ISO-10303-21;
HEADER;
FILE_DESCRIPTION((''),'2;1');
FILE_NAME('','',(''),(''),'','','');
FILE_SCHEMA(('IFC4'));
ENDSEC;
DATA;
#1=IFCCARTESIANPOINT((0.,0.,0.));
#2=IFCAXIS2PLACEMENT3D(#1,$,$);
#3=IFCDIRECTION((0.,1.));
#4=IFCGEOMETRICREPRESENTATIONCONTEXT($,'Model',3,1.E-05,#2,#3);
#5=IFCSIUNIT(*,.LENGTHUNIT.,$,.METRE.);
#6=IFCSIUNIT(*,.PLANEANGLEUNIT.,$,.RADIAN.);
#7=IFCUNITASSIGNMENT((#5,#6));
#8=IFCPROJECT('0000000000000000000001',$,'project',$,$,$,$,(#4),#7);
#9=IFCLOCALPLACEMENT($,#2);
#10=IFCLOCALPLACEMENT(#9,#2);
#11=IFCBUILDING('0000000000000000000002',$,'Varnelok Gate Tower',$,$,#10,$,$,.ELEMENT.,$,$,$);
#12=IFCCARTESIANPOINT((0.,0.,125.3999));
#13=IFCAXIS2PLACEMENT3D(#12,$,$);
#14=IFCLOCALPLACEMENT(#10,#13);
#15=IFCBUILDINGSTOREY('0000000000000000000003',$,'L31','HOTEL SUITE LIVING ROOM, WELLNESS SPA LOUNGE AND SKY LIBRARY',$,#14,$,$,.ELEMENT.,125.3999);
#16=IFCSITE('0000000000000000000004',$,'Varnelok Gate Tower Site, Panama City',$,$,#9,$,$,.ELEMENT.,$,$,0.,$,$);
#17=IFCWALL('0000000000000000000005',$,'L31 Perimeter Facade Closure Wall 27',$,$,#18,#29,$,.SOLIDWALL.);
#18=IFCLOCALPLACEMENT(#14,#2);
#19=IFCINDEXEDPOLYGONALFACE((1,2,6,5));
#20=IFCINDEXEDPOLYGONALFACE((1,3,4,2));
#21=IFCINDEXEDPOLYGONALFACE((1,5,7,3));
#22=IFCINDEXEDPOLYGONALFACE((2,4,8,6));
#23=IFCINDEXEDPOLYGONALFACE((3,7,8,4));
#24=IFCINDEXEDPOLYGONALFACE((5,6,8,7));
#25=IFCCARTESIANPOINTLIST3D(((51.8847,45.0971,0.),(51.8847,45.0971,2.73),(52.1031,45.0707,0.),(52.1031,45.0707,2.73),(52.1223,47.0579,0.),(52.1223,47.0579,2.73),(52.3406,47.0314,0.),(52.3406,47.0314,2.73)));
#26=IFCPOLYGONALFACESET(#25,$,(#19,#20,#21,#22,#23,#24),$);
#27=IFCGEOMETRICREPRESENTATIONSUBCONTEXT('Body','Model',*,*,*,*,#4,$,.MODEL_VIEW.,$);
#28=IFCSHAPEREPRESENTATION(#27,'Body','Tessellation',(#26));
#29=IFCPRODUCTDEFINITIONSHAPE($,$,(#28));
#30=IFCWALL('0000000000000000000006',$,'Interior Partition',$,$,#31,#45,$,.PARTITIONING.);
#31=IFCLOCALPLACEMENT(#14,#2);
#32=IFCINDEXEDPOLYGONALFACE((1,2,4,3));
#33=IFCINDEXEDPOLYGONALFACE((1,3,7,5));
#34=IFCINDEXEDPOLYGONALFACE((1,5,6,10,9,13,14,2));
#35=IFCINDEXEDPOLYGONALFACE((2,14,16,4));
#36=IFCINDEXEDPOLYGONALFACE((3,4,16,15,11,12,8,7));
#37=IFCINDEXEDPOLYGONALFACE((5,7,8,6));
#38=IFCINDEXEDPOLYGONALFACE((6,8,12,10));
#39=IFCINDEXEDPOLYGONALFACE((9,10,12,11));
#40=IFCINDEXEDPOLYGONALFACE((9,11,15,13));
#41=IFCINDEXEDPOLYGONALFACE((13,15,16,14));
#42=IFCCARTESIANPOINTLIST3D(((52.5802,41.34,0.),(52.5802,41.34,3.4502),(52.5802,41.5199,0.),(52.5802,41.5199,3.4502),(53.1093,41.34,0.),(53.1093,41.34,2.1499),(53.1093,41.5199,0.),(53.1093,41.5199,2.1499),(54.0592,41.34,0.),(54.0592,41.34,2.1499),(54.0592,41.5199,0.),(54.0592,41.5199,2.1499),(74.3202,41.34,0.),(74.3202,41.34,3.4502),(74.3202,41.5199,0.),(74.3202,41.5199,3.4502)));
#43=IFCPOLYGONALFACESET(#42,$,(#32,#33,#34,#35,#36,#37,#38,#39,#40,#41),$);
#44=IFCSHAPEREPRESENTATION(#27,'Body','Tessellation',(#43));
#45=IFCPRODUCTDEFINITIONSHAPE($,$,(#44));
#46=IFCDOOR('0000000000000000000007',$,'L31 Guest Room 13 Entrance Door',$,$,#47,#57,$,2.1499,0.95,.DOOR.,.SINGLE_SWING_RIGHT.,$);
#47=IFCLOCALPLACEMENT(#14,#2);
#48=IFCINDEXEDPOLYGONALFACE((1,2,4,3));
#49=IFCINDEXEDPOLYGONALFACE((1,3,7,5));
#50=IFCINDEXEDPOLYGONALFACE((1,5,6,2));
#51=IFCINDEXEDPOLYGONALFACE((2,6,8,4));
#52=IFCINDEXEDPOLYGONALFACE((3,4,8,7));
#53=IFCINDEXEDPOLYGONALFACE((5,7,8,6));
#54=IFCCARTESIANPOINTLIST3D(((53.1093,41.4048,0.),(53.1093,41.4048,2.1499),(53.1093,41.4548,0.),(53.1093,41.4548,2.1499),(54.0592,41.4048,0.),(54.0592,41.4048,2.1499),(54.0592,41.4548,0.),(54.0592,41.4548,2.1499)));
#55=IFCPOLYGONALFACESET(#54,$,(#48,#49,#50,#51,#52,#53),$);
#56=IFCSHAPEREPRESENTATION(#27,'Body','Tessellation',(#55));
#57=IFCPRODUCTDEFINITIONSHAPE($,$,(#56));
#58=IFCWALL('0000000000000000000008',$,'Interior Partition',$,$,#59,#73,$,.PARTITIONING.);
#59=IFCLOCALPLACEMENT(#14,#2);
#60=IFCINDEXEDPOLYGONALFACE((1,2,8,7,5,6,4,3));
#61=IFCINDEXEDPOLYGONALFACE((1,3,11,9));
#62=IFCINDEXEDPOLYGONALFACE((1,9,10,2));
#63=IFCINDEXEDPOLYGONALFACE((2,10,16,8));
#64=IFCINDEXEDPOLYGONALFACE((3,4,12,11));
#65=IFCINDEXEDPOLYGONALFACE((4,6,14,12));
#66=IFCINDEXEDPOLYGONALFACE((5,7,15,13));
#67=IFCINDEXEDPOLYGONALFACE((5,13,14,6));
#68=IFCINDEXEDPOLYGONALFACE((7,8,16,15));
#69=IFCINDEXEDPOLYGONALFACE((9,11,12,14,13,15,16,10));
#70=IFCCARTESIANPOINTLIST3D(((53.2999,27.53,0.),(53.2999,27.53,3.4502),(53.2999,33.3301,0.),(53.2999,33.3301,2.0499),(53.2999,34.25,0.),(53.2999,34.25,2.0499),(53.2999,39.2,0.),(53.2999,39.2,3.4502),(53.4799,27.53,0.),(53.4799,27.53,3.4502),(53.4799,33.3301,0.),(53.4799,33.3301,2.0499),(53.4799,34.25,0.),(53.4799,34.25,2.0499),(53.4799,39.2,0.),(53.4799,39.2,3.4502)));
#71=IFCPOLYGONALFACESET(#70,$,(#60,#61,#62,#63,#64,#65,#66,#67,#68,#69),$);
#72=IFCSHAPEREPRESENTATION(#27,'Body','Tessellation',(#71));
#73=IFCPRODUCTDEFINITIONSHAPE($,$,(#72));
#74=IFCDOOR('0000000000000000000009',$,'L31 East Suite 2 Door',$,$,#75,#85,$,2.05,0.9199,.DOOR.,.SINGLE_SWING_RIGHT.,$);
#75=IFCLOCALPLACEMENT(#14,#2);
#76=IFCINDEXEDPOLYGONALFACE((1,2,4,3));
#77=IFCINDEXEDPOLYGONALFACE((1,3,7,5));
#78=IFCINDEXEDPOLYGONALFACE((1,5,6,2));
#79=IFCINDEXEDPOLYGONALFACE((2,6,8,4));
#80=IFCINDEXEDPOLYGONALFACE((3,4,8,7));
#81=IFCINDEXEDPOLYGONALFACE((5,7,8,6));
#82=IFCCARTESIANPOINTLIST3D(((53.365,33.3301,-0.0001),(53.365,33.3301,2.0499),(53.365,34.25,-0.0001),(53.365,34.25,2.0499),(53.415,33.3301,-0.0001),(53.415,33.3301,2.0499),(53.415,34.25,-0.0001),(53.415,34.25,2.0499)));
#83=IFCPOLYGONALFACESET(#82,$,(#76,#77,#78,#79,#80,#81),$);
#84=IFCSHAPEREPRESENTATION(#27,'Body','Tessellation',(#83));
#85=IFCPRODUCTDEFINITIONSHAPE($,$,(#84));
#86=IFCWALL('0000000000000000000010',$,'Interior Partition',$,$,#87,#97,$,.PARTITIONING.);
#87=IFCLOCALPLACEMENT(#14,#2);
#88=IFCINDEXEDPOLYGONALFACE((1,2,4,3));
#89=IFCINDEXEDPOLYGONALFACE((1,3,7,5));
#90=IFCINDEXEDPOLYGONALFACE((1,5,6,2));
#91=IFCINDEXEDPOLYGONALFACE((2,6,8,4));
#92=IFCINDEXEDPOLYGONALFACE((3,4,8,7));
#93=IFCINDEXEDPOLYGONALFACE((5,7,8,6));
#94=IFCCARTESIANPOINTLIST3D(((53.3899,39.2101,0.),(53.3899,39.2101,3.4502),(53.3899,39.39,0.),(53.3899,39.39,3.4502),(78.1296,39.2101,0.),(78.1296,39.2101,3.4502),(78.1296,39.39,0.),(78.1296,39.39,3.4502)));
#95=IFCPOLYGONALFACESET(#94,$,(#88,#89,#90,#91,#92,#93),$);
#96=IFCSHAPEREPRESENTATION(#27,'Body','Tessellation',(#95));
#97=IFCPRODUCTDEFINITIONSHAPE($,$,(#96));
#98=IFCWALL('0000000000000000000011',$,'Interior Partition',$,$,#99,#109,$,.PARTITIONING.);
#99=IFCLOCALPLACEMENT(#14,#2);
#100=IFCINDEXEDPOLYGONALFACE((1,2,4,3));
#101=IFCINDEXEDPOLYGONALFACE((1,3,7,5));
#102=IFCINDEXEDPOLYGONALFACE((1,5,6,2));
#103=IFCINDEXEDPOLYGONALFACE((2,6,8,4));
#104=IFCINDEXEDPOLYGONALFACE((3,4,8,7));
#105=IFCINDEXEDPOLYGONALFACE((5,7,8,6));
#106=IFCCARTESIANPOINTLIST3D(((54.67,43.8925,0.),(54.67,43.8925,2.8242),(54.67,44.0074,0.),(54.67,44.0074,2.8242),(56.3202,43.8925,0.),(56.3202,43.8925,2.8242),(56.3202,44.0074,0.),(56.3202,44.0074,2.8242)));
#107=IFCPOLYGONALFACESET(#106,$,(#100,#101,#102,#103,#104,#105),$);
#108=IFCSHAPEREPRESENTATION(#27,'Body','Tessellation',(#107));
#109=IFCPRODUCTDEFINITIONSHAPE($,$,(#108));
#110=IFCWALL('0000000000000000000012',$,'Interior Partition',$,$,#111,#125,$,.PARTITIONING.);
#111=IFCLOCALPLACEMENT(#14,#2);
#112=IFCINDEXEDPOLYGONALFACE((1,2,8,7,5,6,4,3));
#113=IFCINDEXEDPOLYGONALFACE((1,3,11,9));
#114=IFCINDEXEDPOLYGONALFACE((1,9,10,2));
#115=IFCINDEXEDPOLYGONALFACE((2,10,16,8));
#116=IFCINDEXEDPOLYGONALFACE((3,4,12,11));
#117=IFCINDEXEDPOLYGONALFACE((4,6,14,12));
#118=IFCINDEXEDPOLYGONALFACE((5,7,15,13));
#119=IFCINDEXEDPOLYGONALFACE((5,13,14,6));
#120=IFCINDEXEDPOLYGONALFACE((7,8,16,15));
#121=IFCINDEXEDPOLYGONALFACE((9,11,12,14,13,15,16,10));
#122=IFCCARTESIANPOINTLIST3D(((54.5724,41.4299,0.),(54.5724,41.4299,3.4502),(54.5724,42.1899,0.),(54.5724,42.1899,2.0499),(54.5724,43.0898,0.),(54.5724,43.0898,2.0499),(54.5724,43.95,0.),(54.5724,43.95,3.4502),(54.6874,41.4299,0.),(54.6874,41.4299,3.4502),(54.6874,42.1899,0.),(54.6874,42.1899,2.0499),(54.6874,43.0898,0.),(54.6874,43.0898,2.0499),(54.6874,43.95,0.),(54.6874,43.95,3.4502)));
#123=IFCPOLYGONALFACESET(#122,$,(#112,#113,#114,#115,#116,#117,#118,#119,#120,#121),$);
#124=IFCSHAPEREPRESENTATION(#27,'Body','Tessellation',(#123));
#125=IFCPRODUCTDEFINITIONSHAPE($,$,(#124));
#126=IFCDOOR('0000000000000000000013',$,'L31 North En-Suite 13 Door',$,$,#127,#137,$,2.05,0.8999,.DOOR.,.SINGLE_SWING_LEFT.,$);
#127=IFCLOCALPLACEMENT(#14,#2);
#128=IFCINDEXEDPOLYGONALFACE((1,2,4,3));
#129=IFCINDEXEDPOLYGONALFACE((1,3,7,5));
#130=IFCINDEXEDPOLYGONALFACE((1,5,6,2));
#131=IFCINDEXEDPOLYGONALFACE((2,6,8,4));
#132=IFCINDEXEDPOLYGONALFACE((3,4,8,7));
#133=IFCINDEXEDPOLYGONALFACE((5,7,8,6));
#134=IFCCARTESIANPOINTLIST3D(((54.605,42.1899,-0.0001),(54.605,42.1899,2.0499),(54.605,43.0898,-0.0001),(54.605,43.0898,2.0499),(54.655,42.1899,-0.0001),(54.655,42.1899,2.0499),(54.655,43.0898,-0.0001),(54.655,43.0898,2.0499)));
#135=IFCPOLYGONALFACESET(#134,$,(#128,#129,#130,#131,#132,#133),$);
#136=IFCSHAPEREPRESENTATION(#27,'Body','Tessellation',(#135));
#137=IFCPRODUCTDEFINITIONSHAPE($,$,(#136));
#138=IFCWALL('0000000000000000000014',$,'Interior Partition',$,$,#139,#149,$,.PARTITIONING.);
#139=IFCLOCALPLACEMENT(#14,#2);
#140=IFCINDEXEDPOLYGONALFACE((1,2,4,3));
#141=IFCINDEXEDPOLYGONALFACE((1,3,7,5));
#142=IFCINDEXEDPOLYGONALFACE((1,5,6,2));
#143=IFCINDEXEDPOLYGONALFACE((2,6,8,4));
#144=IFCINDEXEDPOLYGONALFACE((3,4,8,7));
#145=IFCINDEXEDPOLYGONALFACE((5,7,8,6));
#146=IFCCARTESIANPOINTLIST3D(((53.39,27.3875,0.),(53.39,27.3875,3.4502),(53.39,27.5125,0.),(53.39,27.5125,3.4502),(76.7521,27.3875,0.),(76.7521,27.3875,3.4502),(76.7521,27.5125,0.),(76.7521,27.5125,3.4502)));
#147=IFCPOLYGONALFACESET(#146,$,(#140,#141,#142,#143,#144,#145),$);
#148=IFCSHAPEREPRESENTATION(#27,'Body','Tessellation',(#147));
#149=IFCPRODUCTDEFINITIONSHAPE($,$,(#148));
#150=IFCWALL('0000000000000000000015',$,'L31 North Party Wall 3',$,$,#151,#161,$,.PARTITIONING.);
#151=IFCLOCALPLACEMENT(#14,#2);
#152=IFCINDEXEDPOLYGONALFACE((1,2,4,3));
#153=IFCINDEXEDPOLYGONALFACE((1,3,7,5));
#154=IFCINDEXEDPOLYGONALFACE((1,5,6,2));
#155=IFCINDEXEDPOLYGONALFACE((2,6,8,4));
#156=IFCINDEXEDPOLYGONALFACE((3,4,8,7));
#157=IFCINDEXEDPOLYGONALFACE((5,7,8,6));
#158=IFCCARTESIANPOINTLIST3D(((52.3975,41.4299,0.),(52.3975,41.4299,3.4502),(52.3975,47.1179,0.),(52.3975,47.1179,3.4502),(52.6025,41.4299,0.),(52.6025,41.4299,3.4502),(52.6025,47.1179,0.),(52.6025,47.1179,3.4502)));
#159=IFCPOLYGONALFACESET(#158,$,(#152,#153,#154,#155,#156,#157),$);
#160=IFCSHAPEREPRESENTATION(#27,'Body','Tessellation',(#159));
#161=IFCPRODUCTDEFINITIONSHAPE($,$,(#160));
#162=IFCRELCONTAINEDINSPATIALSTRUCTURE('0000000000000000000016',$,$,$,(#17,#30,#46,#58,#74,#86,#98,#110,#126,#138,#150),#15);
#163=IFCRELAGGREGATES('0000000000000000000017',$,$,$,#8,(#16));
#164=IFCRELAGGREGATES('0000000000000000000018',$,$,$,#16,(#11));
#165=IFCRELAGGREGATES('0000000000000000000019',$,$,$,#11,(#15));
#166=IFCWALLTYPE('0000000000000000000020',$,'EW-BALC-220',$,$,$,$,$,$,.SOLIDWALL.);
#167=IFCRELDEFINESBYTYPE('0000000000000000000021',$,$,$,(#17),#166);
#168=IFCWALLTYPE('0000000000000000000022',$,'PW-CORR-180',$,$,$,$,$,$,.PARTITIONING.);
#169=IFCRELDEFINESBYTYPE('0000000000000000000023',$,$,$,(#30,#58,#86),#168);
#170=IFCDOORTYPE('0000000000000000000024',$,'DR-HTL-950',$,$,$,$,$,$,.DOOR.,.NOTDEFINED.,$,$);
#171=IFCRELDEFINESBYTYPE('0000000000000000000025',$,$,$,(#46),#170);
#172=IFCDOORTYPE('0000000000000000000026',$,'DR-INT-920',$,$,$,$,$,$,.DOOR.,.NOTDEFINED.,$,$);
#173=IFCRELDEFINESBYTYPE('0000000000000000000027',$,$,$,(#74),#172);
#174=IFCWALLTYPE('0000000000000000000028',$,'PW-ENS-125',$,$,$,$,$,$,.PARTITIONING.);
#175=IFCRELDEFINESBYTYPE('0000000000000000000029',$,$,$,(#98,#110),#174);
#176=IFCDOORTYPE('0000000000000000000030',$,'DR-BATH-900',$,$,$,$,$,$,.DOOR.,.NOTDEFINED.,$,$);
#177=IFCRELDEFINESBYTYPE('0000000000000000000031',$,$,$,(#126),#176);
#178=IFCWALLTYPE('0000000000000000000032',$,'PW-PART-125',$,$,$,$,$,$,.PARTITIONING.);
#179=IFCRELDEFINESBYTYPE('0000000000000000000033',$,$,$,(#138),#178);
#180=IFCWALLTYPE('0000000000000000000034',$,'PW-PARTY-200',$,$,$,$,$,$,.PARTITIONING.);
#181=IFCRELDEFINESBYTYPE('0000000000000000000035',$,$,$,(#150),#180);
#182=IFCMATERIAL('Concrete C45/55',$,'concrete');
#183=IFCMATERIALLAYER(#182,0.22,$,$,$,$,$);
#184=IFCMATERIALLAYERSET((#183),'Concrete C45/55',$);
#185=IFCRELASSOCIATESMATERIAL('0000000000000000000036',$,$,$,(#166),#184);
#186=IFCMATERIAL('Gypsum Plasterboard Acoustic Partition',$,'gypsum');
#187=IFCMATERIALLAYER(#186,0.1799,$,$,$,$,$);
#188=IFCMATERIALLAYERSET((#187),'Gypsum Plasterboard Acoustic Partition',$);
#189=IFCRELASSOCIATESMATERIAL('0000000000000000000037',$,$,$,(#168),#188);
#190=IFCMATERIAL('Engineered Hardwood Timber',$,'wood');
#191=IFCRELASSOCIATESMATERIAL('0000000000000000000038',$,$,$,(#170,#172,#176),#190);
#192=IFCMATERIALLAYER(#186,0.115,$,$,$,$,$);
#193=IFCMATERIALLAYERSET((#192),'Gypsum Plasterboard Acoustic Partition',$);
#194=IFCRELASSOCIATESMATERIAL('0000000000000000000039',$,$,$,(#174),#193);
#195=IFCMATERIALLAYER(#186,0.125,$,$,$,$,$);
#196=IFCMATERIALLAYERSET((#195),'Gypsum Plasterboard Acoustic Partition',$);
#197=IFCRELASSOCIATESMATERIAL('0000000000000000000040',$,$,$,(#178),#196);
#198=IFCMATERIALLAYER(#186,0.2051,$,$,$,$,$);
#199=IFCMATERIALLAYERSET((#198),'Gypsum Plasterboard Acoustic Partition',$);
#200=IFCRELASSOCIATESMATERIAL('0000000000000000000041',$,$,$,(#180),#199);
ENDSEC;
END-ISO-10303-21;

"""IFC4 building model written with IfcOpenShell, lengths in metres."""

from ifc_helpers import new_model, si_unit, direction, frame, frame_2d, origin, place, context, subcontext, project, spatial, rectangle, extrude, material, layer, layer_set, type_object, element, fill, save


model = new_model("IFC4")

# Units and contexts
model_context = context("Model", 3, precision=1e-05, world=origin(), true_north=direction((0.0, 1.0)))
body_context = subcontext(model_context, "Body", "Model", "MODEL_VIEW")
ifc_project = project(units=[si_unit("LENGTHUNIT", "METRE"), si_unit("PLANEANGLEUNIT", "RADIAN")], contexts=[model_context])

# Site, building, storey
site_placement = place(None, origin())
site = spatial("IfcSite", under=ifc_project, at=site_placement, Name="Varnelok Gate Tower Site, Panama City", CompositionType="ELEMENT", RefElevation=0.0)
building_placement = place(site_placement, origin())
building = spatial("IfcBuilding", under=site, at=building_placement, Name="Varnelok Gate Tower", CompositionType="ELEMENT")
storey_placement = place(building_placement, frame((0.0, 0.0, 125.3999)))
storey = spatial("IfcBuildingStorey", under=building, at=storey_placement, Name="L31", Description="HOTEL SUITE LIVING ROOM, WELLNESS SPA LOUNGE AND SKY LIBRARY", CompositionType="ELEMENT", Elevation=125.3999)

# Wall
ifc_material_1 = material(Name="Concrete C45/55", Category="concrete")
ifc_layer_1 = layer(ifc_material_1, 0.22)
ifc_layer_set_1 = layer_set([ifc_layer_1], Name="Concrete C45/55")
wall_type_1 = type_object("IfcWallType", Name="EW-BALC-220", PredefinedType="SOLIDWALL", material=ifc_layer_set_1)
wall_1_placement = place(storey_placement, frame((52.2314, 47.0447, 0.0), z_axis=(0.0, 0.0, 1.0), x_axis=(-0.120276, -0.99274, 0.0)))
element("IfcWall", 1, at=wall_1_placement, inside=storey, type_object=wall_type_1, Name="L31 Perimeter Facade Closure Wall 27", PredefinedType="SOLIDWALL", context=body_context, shape_type="SweptSolid", body=[
    extrude(rectangle(XDim=1.9751, YDim=0.22, at=frame_2d((0.9875, 0.0))), origin(), (0.0, 0.0, 1.0), 2.73),
])

# Walls, openings, doors
ifc_material_2 = material(Name="Gypsum Plasterboard Acoustic Partition", Category="gypsum")
ifc_layer_2 = layer(ifc_material_2, 0.1799)
ifc_layer_set_2 = layer_set([ifc_layer_2], Name="Gypsum Plasterboard Acoustic Partition")
wall_type_2 = type_object("IfcWallType", Name="PW-CORR-180", PredefinedType="PARTITIONING", material=ifc_layer_set_2)
wall_2_placement = place(storey_placement, frame((52.5801, 41.4299, 0.0), z_axis=(0.0, 0.0, 1.0), x_axis=(1.0, 0.0, 0.0)))
wall_2 = element("IfcWall", 2, at=wall_2_placement, inside=storey, type_object=wall_type_2, Name="Interior Partition", PredefinedType="PARTITIONING", context=body_context, shape_type="SweptSolid", body=[
    extrude(rectangle(XDim=21.74, YDim=0.1799, at=frame_2d((10.8701, 0.0))), origin(), (0.0, 0.0, 1.0), 3.4502),
])
opening_1_placement = place(wall_2_placement, frame((0.5291, 0.0, 0.0)))
opening_1 = element("IfcOpeningElement", 3, at=opening_1_placement, cuts=wall_2, PredefinedType="OPENING", context=body_context, shape_type="SweptSolid", body=[
    extrude(rectangle(XDim=0.95, YDim=2.1499, at=frame_2d((0.4751, 1.075))), frame((0.0, 0.0999, 0.0), z_axis=(0.0, -1.0, 0.0), x_axis=(1.0, 0.0, 0.0)), (0.0, 0.0, 1.0), 0.2),
])
ifc_material_3 = material(Name="Engineered Hardwood Timber", Category="wood")
door_type_1 = type_object("IfcDoorType", Name="DR-HTL-950", OperationType="NOTDEFINED", PredefinedType="DOOR", material=ifc_material_3)
door_1_placement = place(opening_1_placement, origin())
door_1 = element("IfcDoor", 4, at=door_1_placement, inside=storey, type_object=door_type_1, Name="L31 Guest Room 13 Entrance Door", OperationType="SINGLE_SWING_RIGHT", OverallHeight=2.1499, OverallWidth=0.95, PredefinedType="DOOR", context=body_context, shape_type="SweptSolid", body=[
    extrude(rectangle(XDim=0.95, YDim=2.1499, at=frame_2d((0.4751, 1.075))), frame((0.0, 0.0249, 0.0), z_axis=(0.0, -1.0, 0.0), x_axis=(1.0, 0.0, 0.0)), (0.0, 0.0, 1.0), 0.05),
])
fill(opening_1, door_1)
wall_3_placement = place(storey_placement, frame((53.3899, 27.53, 0.0), z_axis=(0.0, 0.0, 1.0), x_axis=(0.0, 1.0, 0.0)))
wall_3 = element("IfcWall", 5, at=wall_3_placement, inside=storey, type_object=wall_type_2, Name="Interior Partition", PredefinedType="PARTITIONING", context=body_context, shape_type="SweptSolid", body=[
    extrude(rectangle(XDim=11.6699, YDim=0.1799, at=frame_2d((5.835, 0.0))), origin(), (0.0, 0.0, 1.0), 3.4502),
])
opening_2_placement = place(wall_3_placement, frame((5.8, 0.0, 0.0)))
opening_2 = element("IfcOpeningElement", 6, at=opening_2_placement, cuts=wall_3, PredefinedType="OPENING", context=body_context, shape_type="SweptSolid", body=[
    extrude(rectangle(XDim=0.9199, YDim=2.05, at=frame_2d((0.46, 1.0249))), frame((0.0, 0.0999, 0.0), z_axis=(0.0, -1.0, 0.0), x_axis=(1.0, 0.0, 0.0)), (0.0, 0.0, 1.0), 0.2),
])
door_type_2 = type_object("IfcDoorType", Name="DR-INT-920", OperationType="NOTDEFINED", PredefinedType="DOOR", material=ifc_material_3)
door_2_placement = place(opening_2_placement, origin())
door_2 = element("IfcDoor", 7, at=door_2_placement, inside=storey, type_object=door_type_2, Name="L31 East Suite 2 Door", OperationType="SINGLE_SWING_RIGHT", OverallHeight=2.05, OverallWidth=0.9199, PredefinedType="DOOR", context=body_context, shape_type="SweptSolid", body=[
    extrude(rectangle(XDim=0.9199, YDim=2.05, at=frame_2d((0.46, 1.0249))), frame((0.0, 0.0249, 0.0), z_axis=(0.0, -1.0, 0.0), x_axis=(1.0, 0.0, 0.0)), (0.0, 0.0, 1.0), 0.05),
])
fill(opening_2, door_2)

# Walls
wall_4_placement = place(storey_placement, frame((53.3899, 39.3, 0.0), z_axis=(0.0, 0.0, 1.0), x_axis=(1.0, 0.0, 0.0)))
element("IfcWall", 8, at=wall_4_placement, inside=storey, type_object=wall_type_2, Name="Interior Partition", PredefinedType="PARTITIONING", context=body_context, shape_type="SweptSolid", body=[
    extrude(rectangle(XDim=24.7397, YDim=0.1799, at=frame_2d((12.3699, 0.0))), origin(), (0.0, 0.0, 1.0), 3.4502),
])
ifc_layer_3 = layer(ifc_material_2, 0.115)
ifc_layer_set_3 = layer_set([ifc_layer_3], Name="Gypsum Plasterboard Acoustic Partition")
wall_type_3 = type_object("IfcWallType", Name="PW-ENS-125", PredefinedType="PARTITIONING", material=ifc_layer_set_3)
wall_5_placement = place(storey_placement, frame((54.6699, 43.95, 0.0), z_axis=(0.0, 0.0, 1.0), x_axis=(1.0, 0.0, 0.0)))
element("IfcWall", 9, at=wall_5_placement, inside=storey, type_object=wall_type_3, Name="Interior Partition", PredefinedType="PARTITIONING", context=body_context, shape_type="SweptSolid", body=[
    extrude(rectangle(XDim=1.6501, YDim=0.115, at=frame_2d((0.8252, 0.0))), origin(), (0.0, 0.0, 1.0), 2.8242),
])

# Wall, opening, door
wall_6_placement = place(storey_placement, frame((54.6299, 41.4299, 0.0), z_axis=(0.0, 0.0, 1.0), x_axis=(0.0, 1.0, 0.0)))
wall_6 = element("IfcWall", 10, at=wall_6_placement, inside=storey, type_object=wall_type_3, Name="Interior Partition", PredefinedType="PARTITIONING", context=body_context, shape_type="SweptSolid", body=[
    extrude(rectangle(XDim=2.52, YDim=0.115, at=frame_2d((1.26, 0.0))), origin(), (0.0, 0.0, 1.0), 3.4502),
])
opening_3_placement = place(wall_6_placement, frame((0.76, 0.0, 0.0)))
opening_3 = element("IfcOpeningElement", 11, at=opening_3_placement, cuts=wall_6, PredefinedType="OPENING", context=body_context, shape_type="SweptSolid", body=[
    extrude(rectangle(XDim=0.8999, YDim=2.05, at=frame_2d((0.45, 1.0249))), frame((0.0, 0.0674, 0.0), z_axis=(0.0, -1.0, 0.0), x_axis=(1.0, 0.0, 0.0)), (0.0, 0.0, 1.0), 0.135),
])
door_type_3 = type_object("IfcDoorType", Name="DR-BATH-900", OperationType="NOTDEFINED", PredefinedType="DOOR", material=ifc_material_3)
door_3_placement = place(opening_3_placement, origin())
door_3 = element("IfcDoor", 12, at=door_3_placement, inside=storey, type_object=door_type_3, Name="L31 North En-Suite 13 Door", OperationType="SINGLE_SWING_LEFT", OverallHeight=2.05, OverallWidth=0.8999, PredefinedType="DOOR", context=body_context, shape_type="SweptSolid", body=[
    extrude(rectangle(XDim=0.8999, YDim=2.05, at=frame_2d((0.45, 1.0249))), frame((0.0, 0.0249, 0.0), z_axis=(0.0, -1.0, 0.0), x_axis=(1.0, 0.0, 0.0)), (0.0, 0.0, 1.0), 0.05),
])
fill(opening_3, door_3)

# Walls
ifc_layer_4 = layer(ifc_material_2, 0.125)
ifc_layer_set_4 = layer_set([ifc_layer_4], Name="Gypsum Plasterboard Acoustic Partition")
wall_type_4 = type_object("IfcWallType", Name="PW-PART-125", PredefinedType="PARTITIONING", material=ifc_layer_set_4)
wall_7_placement = place(storey_placement, frame((53.3899, 27.45, 0.0), z_axis=(0.0, 0.0, 1.0), x_axis=(1.0, 0.0, 0.0)))
element("IfcWall", 13, at=wall_7_placement, inside=storey, type_object=wall_type_4, Name="Interior Partition", PredefinedType="PARTITIONING", context=body_context, shape_type="SweptSolid", body=[
    extrude(rectangle(XDim=23.3621, YDim=0.125, at=frame_2d((11.6812, 0.0))), origin(), (0.0, 0.0, 1.0), 3.4502),
])
ifc_layer_5 = layer(ifc_material_2, 0.2051)
ifc_layer_set_5 = layer_set([ifc_layer_5], Name="Gypsum Plasterboard Acoustic Partition")
wall_type_5 = type_object("IfcWallType", Name="PW-PARTY-200", PredefinedType="PARTITIONING", material=ifc_layer_set_5)
wall_8_placement = place(storey_placement, frame((52.5, 41.4299, 0.0), z_axis=(0.0, 0.0, 1.0), x_axis=(0.0, 1.0, 0.0)))
element("IfcWall", 14, at=wall_8_placement, inside=storey, type_object=wall_type_5, Name="L31 North Party Wall 3", PredefinedType="PARTITIONING", context=body_context, shape_type="SweptSolid", body=[
    extrude(rectangle(XDim=5.688, YDim=0.2051, at=frame_2d((2.844, 0.0))), origin(), (0.0, 0.0, 1.0), 3.4502),
])

save(model, "model.ifc")
